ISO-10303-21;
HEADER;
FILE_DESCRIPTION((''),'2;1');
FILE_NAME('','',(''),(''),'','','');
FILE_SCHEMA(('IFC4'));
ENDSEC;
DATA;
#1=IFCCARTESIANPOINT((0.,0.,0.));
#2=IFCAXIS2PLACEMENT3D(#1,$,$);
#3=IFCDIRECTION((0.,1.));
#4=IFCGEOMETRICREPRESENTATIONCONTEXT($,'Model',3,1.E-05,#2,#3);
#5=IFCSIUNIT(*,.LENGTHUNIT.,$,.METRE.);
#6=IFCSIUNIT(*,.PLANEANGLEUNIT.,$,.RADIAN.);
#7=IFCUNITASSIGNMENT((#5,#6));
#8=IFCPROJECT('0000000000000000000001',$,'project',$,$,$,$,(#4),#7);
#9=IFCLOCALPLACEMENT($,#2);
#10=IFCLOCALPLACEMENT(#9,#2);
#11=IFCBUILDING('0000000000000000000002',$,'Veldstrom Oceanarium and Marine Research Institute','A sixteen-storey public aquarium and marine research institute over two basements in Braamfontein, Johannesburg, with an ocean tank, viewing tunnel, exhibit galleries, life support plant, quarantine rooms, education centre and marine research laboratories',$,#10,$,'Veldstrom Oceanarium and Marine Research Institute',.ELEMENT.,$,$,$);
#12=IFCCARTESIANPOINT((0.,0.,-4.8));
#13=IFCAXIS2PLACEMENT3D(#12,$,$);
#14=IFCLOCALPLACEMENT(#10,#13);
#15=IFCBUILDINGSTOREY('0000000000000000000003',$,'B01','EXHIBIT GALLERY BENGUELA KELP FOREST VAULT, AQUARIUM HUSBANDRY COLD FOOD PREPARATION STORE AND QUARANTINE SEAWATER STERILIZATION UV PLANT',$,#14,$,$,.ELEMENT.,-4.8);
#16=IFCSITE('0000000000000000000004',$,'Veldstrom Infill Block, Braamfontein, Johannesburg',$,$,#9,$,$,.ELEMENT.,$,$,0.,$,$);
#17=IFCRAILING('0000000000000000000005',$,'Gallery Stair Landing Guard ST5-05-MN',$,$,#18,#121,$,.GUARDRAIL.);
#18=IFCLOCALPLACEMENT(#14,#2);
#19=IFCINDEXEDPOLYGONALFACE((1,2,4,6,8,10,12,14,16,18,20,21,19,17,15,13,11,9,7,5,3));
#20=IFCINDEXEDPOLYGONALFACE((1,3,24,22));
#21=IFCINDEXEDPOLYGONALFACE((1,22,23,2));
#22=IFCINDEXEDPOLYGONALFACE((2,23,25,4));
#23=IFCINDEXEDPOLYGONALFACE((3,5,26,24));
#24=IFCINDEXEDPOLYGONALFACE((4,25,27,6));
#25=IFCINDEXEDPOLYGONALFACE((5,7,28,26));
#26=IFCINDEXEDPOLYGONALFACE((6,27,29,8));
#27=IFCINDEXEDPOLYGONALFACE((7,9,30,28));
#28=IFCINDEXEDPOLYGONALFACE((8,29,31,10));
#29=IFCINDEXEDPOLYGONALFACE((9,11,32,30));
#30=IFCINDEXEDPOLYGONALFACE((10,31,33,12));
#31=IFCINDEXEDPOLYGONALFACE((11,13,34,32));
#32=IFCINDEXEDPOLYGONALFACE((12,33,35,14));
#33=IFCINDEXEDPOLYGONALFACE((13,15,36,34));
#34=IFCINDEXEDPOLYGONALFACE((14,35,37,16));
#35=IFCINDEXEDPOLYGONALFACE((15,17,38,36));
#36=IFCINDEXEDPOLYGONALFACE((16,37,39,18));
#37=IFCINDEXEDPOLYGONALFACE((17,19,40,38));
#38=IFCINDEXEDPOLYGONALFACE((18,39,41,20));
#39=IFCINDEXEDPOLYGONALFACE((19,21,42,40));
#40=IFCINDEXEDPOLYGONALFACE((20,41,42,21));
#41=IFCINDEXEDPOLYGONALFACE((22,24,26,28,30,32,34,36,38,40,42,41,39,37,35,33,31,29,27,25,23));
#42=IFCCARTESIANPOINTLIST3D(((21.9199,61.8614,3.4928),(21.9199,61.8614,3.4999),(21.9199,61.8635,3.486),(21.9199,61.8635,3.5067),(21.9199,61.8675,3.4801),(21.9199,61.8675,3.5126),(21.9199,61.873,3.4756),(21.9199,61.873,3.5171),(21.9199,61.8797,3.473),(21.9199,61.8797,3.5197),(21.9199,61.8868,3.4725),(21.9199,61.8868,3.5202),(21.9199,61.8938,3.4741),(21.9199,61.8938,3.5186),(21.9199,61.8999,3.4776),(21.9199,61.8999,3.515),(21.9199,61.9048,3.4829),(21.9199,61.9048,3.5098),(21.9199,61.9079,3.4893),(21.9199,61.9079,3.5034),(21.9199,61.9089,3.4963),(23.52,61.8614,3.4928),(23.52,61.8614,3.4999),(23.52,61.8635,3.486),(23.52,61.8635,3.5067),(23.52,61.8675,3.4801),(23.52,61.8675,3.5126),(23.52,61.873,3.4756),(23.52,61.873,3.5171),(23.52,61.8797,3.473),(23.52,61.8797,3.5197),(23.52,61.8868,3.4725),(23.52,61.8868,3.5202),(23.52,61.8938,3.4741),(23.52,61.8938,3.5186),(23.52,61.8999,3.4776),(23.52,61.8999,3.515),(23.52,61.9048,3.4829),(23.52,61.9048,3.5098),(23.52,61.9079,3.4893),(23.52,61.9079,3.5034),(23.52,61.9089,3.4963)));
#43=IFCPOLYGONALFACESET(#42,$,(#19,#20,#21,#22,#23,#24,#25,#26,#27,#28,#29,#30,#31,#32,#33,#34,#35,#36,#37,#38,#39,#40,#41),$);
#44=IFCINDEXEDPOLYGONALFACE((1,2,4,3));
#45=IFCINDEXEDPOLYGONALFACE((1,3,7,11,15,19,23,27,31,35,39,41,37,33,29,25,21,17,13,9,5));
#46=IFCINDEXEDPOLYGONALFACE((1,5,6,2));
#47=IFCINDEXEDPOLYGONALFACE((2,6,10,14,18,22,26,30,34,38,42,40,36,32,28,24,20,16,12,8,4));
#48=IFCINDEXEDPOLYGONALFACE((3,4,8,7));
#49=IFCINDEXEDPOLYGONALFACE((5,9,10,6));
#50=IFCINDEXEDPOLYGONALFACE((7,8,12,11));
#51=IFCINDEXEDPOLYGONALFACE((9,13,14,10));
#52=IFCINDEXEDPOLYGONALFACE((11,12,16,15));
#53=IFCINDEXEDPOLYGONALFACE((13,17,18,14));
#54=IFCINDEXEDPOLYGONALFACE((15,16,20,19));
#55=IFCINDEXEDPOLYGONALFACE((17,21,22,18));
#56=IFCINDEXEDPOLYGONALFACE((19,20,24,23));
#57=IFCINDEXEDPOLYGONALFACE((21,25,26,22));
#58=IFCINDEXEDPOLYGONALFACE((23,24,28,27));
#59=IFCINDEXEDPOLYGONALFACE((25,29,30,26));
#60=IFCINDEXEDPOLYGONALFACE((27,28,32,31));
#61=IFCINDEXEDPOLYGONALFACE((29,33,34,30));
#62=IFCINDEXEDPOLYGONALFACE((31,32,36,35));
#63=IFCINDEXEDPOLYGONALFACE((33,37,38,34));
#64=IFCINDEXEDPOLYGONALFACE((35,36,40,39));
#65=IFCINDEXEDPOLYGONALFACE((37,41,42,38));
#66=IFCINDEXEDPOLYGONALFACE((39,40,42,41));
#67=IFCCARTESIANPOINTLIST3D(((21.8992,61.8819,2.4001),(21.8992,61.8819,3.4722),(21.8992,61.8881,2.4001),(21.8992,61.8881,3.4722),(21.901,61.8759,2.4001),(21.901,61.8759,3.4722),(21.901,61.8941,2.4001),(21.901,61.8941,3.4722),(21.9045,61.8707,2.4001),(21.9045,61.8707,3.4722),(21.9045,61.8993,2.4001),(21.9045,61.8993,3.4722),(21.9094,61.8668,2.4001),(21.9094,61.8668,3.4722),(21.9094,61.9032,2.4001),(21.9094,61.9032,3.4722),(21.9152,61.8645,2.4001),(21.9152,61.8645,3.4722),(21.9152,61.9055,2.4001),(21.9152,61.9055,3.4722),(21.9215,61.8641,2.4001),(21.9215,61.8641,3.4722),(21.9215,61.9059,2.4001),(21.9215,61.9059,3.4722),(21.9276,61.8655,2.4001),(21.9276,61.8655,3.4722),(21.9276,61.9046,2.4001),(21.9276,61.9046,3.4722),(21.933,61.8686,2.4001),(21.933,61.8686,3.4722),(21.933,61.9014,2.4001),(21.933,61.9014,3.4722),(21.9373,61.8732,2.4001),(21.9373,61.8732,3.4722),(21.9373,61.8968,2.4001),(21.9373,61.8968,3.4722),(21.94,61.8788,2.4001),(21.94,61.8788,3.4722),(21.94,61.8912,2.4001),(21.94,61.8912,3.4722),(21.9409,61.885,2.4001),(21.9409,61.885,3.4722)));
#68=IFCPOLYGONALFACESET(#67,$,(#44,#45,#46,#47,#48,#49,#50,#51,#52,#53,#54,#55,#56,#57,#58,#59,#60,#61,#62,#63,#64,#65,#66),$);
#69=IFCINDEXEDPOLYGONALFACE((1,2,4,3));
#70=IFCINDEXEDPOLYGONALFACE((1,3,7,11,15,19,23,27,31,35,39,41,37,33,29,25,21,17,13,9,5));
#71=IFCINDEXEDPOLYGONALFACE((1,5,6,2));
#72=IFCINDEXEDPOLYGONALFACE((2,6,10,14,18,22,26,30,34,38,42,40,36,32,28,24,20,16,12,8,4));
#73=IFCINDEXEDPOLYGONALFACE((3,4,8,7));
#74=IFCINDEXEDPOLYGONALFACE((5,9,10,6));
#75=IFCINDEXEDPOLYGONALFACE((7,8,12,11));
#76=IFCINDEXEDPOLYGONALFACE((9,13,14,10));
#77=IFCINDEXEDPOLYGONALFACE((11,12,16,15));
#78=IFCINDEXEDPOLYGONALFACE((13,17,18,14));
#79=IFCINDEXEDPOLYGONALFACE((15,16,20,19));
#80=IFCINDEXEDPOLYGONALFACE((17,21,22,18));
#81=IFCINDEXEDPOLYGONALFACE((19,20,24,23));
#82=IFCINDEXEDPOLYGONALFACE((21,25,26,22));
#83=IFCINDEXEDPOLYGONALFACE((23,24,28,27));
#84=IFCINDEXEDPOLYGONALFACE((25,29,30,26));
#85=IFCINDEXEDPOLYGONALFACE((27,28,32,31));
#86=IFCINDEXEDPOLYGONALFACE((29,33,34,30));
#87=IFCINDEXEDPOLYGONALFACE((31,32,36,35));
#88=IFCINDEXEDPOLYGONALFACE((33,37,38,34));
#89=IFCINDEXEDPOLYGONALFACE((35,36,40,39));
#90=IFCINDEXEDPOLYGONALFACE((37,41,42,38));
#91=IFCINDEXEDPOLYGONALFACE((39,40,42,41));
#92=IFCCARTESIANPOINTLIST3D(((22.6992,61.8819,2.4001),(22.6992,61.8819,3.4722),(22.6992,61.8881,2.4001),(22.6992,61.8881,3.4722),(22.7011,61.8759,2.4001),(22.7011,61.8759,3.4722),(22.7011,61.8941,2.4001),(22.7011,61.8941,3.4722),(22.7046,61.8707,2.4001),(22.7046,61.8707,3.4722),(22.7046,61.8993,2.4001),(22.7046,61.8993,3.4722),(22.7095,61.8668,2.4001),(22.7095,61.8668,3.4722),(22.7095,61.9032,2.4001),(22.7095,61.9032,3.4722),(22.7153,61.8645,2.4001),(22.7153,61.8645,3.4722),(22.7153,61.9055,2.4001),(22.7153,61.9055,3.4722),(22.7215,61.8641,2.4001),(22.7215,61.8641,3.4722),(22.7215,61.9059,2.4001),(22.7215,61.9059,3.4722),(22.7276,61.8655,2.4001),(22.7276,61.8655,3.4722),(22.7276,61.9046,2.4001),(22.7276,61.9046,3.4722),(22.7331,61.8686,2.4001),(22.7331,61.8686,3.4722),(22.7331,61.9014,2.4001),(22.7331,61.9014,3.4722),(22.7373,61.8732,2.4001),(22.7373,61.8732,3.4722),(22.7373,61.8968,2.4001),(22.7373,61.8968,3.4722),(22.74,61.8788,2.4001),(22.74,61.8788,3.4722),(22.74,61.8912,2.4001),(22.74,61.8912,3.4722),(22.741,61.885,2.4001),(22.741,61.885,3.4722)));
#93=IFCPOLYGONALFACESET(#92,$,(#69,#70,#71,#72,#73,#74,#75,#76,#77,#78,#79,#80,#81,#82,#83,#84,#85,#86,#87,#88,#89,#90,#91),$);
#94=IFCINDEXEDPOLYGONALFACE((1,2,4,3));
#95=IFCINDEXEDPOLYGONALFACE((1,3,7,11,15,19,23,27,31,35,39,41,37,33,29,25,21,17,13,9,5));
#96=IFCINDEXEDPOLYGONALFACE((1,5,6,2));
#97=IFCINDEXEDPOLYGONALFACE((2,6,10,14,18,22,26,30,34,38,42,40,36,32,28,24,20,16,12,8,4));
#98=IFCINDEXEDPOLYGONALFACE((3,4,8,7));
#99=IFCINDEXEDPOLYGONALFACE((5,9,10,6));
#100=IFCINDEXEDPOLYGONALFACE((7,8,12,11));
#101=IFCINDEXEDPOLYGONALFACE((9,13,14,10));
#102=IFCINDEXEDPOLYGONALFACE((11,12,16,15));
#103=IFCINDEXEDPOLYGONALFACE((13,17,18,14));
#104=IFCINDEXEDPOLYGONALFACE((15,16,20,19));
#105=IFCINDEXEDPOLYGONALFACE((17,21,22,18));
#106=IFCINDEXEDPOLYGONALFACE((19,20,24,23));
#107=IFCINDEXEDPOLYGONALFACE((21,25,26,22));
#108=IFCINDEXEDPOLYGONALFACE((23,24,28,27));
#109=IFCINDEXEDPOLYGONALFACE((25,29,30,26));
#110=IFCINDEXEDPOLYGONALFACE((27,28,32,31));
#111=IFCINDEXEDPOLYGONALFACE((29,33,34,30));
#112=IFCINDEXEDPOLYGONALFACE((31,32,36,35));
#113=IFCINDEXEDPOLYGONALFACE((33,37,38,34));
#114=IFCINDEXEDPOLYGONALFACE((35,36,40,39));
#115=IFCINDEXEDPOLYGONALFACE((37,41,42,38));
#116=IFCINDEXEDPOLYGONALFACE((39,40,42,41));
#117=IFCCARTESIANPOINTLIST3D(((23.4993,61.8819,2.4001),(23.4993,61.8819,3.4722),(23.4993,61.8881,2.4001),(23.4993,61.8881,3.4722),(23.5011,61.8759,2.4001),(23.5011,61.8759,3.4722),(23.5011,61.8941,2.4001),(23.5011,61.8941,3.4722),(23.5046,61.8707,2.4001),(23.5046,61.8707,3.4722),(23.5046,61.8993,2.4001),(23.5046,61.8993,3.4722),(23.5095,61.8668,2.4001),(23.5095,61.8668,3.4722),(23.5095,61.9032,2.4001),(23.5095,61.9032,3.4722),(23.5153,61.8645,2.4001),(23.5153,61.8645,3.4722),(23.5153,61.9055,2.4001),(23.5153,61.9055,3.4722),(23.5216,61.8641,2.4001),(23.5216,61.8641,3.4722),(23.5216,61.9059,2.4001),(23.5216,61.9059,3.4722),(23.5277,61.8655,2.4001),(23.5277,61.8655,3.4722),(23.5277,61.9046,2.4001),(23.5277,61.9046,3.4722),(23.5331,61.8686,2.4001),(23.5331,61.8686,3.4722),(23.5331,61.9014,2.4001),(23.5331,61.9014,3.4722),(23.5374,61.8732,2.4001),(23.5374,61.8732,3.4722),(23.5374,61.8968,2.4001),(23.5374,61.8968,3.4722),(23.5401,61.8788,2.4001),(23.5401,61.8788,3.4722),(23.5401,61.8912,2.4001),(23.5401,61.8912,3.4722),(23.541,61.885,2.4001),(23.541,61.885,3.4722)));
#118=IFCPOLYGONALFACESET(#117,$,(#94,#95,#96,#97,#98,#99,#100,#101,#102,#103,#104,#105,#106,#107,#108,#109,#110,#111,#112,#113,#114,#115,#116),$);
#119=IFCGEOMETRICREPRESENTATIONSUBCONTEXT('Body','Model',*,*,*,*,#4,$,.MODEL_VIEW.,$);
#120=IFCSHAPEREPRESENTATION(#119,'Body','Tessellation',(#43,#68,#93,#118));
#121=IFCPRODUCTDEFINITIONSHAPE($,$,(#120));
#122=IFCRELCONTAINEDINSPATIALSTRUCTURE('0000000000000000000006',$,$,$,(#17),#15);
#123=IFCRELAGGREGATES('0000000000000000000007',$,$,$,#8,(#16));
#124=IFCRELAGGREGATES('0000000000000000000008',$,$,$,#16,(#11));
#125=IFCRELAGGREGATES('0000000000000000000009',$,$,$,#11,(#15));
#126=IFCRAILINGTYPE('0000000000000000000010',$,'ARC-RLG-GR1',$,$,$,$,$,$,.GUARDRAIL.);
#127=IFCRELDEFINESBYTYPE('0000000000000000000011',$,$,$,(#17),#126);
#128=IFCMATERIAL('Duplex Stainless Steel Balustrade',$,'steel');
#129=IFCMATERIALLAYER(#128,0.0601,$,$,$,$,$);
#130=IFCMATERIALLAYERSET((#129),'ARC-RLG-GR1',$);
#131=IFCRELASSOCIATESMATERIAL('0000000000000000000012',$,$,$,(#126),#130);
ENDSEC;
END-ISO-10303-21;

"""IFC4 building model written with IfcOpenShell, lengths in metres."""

from ifc_helpers import new_model, si_unit, direction, frame, origin, origin_2d, place, context, subcontext, project, spatial, circle, extrude, material, layer, layer_set, type_object, element, save


model = new_model("IFC4")

# Units and contexts
model_context = context("Model", 3, precision=1e-05, world=origin(), true_north=direction((0.0, 1.0)))
body_context = subcontext(model_context, "Body", "Model", "MODEL_VIEW")
ifc_project = project(units=[si_unit("LENGTHUNIT", "METRE"), si_unit("PLANEANGLEUNIT", "RADIAN")], contexts=[model_context])

# Site, building, storey
site_placement = place(None, origin())
site = spatial("IfcSite", under=ifc_project, at=site_placement, Name="Veldstrom Infill Block, Braamfontein, Johannesburg", CompositionType="ELEMENT", RefElevation=0.0)
building_placement = place(site_placement, origin())
building = spatial("IfcBuilding", under=site, at=building_placement, Name="Veldstrom Oceanarium and Marine Research Institute", Description="A sixteen-storey public aquarium and marine research institute over two basements in Braamfontein, Johannesburg, with an ocean tank, viewing tunnel, exhibit galleries, life support plant, quarantine rooms, education centre and marine research laboratories", LongName="Veldstrom Oceanarium and Marine Research Institute", CompositionType="ELEMENT")
storey_placement = place(building_placement, frame((0.0, 0.0, -4.8)))
storey = spatial("IfcBuildingStorey", under=building, at=storey_placement, Name="B01", Description="EXHIBIT GALLERY BENGUELA KELP FOREST VAULT, AQUARIUM HUSBANDRY COLD FOOD PREPARATION STORE AND QUARANTINE SEAWATER STERILIZATION UV PLANT", CompositionType="ELEMENT", Elevation=-4.8)

# Railing
ifc_material_1 = material(Name="Duplex Stainless Steel Balustrade", Category="steel")
ifc_layer_1 = layer(ifc_material_1, 0.0601)
ifc_layer_set_1 = layer_set([ifc_layer_1], Name="ARC-RLG-GR1")
railing_type = type_object("IfcRailingType", Name="ARC-RLG-GR1", PredefinedType="GUARDRAIL", material=ifc_layer_set_1)
railing_1_placement = place(storey_placement, frame((21.9199, 61.885, 2.4001)))
element("IfcRailing", 1, at=railing_1_placement, inside=storey, type_object=railing_type, Name="Gallery Stair Landing Guard ST5-05-MN", PredefinedType="GUARDRAIL", context=body_context, shape_type="SweptSolid", body=[
    extrude(circle(Radius=0.0239, at=origin_2d()), frame((0.0, 0.0, 1.0962), z_axis=(1.0, 0.0, 0.0), x_axis=(0.0, 1.0, 0.0)), (0.0, 0.0, 1.0), 1.6001),
    extrude(circle(Radius=0.021, at=origin_2d()), origin(), (0.0, 0.0, 1.0), 1.072),
    extrude(circle(Radius=0.021, at=origin_2d()), frame((0.8, 0.0, 0.0)), (0.0, 0.0, 1.0), 1.072),
    extrude(circle(Radius=0.021, at=origin_2d()), frame((1.6001, 0.0, 0.0)), (0.0, 0.0, 1.0), 1.072),
])

save(model, "model.ifc")
